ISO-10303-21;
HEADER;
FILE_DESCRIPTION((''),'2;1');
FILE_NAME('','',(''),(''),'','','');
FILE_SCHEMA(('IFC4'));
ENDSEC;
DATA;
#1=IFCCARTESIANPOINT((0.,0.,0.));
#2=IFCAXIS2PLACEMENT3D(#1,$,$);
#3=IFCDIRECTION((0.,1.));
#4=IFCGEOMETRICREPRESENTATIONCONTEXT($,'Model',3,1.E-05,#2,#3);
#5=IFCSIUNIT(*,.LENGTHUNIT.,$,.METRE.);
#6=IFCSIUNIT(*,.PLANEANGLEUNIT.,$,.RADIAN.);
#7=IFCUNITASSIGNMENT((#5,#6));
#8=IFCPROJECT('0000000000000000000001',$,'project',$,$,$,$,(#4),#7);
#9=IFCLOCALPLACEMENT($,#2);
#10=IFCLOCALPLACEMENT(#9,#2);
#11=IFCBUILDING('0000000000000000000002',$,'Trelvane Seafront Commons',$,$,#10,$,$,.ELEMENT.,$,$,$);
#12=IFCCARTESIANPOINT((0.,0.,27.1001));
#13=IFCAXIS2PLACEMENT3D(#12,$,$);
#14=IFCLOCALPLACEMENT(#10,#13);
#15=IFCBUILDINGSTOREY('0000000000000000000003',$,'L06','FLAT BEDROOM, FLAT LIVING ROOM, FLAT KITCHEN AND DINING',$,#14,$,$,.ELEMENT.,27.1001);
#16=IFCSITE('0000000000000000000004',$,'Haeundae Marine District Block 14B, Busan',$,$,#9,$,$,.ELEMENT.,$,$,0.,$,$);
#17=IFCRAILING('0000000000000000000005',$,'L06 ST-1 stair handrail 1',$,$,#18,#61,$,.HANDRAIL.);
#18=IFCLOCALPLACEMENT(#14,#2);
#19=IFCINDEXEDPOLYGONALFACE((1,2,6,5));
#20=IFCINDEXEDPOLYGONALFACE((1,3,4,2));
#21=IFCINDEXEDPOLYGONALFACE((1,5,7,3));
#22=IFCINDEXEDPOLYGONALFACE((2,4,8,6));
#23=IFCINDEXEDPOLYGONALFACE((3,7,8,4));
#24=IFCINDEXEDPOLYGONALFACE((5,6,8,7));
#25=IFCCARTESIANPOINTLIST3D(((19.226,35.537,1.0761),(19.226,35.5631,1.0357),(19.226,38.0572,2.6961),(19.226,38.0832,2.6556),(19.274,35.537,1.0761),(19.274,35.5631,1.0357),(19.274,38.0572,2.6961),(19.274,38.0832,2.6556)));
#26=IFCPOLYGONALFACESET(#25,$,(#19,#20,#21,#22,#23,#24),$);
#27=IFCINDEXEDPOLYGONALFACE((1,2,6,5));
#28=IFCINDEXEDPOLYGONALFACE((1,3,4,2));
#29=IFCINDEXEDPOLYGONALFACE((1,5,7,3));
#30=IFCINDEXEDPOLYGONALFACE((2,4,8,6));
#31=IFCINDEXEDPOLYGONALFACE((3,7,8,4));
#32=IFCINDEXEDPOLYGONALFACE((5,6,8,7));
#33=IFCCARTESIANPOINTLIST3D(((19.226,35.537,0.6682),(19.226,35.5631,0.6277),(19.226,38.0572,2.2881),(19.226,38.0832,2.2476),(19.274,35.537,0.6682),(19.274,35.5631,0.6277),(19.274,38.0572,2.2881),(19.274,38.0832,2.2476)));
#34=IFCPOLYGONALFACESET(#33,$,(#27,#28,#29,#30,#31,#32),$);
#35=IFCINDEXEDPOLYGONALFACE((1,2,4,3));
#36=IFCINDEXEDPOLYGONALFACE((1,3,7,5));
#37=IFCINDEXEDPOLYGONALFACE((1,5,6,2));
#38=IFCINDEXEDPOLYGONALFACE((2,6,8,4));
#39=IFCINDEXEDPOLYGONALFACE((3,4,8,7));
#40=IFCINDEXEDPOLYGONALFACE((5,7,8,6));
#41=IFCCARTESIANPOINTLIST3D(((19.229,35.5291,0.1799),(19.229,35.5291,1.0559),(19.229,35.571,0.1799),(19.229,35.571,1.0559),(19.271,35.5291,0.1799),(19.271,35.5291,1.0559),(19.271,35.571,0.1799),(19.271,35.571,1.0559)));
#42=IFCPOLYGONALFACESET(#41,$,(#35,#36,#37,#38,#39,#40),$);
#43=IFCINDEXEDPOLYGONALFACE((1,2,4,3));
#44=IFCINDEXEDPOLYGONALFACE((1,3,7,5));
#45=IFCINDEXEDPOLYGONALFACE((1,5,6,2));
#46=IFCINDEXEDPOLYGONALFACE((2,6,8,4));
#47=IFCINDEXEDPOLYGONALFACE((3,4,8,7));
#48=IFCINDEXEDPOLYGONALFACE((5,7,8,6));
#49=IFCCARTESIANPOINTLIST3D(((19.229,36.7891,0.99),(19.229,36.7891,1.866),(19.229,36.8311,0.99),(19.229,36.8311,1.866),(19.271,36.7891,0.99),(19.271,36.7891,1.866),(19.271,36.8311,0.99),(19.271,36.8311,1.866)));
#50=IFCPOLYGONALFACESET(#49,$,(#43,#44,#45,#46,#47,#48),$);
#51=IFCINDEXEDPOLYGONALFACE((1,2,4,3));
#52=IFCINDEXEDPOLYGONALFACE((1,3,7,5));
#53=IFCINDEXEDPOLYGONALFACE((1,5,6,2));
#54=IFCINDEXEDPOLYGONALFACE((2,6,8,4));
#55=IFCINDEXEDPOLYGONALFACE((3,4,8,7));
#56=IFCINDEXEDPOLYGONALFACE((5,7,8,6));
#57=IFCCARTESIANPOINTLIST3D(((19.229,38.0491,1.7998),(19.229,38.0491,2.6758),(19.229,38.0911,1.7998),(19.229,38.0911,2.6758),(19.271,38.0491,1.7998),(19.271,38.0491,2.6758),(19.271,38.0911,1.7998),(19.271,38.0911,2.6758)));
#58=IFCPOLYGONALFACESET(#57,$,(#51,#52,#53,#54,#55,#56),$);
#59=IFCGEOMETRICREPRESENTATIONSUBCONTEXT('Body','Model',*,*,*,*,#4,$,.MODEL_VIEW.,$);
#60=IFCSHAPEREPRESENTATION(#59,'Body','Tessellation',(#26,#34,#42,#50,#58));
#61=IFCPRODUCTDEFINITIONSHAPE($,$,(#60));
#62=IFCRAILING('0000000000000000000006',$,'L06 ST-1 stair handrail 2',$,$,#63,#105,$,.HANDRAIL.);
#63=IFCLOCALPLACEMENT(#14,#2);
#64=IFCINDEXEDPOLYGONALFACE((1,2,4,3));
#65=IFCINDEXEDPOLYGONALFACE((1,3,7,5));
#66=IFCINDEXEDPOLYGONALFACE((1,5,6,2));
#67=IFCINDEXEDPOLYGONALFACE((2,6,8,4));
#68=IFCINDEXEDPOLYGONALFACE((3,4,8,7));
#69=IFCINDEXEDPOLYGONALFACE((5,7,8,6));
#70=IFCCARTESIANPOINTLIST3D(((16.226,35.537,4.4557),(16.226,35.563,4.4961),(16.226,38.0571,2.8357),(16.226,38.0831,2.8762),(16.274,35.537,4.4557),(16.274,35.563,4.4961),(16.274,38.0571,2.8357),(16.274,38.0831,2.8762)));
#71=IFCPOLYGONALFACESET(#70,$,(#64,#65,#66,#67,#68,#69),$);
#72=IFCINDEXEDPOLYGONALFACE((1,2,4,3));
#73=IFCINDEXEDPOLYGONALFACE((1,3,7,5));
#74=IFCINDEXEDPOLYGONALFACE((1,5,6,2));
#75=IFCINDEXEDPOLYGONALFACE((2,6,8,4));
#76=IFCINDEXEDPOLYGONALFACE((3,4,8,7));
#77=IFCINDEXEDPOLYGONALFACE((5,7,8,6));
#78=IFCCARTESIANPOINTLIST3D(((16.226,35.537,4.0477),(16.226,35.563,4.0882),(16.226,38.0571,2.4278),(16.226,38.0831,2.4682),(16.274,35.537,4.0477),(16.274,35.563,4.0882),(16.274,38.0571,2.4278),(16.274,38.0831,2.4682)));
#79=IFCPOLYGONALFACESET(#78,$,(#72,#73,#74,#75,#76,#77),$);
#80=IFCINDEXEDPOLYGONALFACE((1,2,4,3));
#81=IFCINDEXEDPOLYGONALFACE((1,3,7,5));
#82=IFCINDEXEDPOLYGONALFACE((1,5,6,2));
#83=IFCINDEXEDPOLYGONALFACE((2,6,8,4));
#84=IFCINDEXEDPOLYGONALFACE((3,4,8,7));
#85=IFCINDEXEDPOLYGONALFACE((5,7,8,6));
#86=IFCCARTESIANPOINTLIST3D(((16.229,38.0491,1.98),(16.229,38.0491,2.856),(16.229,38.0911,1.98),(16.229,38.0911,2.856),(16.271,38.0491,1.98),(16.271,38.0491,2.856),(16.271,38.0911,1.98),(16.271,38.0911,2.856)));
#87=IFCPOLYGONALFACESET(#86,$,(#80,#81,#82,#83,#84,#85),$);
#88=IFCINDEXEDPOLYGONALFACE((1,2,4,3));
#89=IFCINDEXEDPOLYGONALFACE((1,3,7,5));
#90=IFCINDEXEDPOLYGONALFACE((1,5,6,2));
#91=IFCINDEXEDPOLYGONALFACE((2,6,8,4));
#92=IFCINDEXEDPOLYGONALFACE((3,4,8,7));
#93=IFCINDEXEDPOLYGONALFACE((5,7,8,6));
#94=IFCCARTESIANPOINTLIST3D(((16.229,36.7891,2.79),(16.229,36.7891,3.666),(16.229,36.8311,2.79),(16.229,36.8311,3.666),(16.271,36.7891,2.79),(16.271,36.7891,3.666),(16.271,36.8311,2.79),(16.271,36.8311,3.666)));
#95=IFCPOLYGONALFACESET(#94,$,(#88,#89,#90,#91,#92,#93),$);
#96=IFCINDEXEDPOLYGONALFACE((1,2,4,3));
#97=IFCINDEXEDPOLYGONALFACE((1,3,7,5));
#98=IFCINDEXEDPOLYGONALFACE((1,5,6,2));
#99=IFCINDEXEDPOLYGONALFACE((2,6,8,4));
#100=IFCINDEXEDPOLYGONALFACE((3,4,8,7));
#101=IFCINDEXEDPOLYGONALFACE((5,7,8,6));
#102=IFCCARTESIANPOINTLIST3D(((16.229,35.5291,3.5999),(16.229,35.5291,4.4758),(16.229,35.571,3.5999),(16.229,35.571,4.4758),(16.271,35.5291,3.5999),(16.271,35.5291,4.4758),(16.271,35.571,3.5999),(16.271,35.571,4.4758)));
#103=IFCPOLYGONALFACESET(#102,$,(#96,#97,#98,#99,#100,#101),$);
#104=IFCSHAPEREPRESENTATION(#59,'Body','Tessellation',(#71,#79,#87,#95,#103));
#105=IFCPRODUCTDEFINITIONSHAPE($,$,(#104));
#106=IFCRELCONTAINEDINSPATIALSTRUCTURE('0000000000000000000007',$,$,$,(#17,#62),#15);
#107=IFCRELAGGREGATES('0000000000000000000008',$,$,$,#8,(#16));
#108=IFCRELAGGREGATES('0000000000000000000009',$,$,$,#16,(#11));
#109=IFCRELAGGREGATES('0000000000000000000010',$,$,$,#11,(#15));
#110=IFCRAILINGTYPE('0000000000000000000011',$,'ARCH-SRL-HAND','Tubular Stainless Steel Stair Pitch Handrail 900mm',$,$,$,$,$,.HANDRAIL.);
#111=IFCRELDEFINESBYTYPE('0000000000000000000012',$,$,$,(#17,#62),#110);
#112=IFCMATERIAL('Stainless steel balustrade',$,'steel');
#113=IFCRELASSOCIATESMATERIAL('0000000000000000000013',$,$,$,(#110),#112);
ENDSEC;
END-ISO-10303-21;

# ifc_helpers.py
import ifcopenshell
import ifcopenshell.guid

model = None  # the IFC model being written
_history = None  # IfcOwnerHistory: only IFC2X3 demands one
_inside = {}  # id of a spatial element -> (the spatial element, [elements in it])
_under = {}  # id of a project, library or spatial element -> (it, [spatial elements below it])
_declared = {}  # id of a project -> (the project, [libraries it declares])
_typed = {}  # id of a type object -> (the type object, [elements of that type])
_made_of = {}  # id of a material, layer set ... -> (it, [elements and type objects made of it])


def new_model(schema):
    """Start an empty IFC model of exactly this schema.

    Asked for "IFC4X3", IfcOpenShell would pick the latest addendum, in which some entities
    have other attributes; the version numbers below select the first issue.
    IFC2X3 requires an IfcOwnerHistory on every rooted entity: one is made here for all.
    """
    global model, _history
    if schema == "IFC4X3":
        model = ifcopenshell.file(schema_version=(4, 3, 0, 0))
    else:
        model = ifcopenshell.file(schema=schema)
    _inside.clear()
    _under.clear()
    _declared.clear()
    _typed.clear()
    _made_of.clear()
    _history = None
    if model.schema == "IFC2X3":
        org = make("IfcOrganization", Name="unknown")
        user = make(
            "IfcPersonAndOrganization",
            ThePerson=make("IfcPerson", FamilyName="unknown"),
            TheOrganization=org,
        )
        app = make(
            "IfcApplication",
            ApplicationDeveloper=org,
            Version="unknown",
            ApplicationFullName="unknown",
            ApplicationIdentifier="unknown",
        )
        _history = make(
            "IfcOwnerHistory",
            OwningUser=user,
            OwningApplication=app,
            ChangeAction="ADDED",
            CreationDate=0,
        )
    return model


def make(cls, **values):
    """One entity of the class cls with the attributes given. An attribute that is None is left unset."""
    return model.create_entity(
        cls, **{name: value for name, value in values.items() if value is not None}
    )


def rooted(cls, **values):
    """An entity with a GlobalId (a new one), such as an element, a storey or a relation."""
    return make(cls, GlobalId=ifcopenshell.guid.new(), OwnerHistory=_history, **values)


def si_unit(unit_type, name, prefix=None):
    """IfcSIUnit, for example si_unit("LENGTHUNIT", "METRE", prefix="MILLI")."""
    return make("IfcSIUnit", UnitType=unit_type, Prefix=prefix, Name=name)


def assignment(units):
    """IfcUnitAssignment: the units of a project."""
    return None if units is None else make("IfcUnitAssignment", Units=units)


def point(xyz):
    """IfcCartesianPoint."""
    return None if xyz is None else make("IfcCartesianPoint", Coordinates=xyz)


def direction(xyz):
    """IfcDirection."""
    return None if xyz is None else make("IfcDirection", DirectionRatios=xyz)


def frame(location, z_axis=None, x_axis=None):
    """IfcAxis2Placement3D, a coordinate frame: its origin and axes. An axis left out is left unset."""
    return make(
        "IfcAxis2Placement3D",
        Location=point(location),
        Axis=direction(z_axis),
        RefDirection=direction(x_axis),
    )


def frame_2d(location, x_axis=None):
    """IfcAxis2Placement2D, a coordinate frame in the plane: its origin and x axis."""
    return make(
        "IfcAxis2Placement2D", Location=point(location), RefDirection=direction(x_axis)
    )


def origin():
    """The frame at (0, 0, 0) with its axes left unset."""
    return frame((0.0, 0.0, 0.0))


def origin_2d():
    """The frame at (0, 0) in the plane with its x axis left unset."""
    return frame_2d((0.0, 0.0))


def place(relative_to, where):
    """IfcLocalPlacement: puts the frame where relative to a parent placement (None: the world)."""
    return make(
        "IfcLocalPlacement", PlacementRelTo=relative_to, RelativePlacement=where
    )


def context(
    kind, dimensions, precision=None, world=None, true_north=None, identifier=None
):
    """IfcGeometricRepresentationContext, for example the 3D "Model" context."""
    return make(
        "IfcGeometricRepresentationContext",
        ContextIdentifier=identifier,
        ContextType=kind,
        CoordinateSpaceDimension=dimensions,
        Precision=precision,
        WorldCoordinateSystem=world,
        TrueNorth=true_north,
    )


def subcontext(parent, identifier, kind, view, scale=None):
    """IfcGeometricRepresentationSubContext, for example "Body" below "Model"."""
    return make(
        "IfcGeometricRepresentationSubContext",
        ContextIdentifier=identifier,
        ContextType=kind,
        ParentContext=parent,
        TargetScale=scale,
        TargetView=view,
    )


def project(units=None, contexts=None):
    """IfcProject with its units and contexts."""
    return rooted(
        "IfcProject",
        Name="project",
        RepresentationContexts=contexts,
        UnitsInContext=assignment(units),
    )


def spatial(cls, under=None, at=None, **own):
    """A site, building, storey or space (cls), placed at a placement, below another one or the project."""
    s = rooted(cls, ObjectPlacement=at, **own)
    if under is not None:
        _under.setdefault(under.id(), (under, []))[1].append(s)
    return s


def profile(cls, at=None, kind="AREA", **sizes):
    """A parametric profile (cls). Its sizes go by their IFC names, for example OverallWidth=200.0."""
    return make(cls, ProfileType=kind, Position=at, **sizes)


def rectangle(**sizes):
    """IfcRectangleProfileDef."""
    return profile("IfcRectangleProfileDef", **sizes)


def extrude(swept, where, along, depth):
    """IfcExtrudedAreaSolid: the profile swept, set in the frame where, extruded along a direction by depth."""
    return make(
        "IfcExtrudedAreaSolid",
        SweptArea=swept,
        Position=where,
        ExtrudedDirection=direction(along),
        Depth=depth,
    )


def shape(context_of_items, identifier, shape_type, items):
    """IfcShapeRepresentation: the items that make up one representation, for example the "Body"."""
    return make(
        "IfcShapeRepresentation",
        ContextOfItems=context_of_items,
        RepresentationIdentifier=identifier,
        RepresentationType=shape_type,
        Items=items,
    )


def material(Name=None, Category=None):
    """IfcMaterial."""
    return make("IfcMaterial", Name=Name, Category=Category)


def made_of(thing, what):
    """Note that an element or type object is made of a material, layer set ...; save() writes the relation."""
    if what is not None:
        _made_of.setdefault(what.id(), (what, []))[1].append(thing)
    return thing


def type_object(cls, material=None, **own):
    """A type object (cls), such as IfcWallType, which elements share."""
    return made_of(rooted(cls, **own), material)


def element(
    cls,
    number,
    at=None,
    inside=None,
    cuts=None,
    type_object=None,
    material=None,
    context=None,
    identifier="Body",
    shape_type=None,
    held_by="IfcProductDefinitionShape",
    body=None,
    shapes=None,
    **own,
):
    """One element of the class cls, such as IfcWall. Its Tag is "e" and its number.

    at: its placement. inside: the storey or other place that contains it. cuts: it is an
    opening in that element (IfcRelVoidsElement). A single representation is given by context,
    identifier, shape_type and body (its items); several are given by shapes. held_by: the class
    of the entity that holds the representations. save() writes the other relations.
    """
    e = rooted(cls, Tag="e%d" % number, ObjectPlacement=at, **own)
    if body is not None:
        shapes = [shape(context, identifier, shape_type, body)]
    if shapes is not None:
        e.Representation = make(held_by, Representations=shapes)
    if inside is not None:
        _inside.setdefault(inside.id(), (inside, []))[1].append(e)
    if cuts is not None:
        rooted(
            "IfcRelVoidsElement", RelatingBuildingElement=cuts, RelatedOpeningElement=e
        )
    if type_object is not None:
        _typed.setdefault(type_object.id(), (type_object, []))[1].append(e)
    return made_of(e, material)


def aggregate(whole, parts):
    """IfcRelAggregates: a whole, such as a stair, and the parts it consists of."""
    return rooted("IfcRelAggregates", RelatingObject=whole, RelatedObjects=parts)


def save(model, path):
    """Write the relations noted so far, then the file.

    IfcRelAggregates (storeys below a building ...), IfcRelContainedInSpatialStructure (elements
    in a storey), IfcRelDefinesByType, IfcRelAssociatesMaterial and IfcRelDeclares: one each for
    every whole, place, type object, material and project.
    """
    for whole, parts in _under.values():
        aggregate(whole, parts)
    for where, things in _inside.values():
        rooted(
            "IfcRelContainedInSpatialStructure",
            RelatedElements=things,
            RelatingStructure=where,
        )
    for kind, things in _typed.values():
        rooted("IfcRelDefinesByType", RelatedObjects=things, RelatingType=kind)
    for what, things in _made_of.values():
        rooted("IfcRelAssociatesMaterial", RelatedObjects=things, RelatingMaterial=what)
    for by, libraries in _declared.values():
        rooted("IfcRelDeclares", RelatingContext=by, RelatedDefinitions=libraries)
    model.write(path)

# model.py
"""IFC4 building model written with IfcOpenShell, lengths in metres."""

from ifc_helpers import new_model, si_unit, direction, frame, origin, origin_2d, place, context, subcontext, project, spatial, rectangle, extrude, material, type_object, element, save


model = new_model("IFC4")

# Units and contexts
model_context = context("Model", 3, precision=1e-05, world=origin(), true_north=direction((0.0, 1.0)))
body_context = subcontext(model_context, "Body", "Model", "MODEL_VIEW")
ifc_project = project(units=[si_unit("LENGTHUNIT", "METRE"), si_unit("PLANEANGLEUNIT", "RADIAN")], contexts=[model_context])

# Site, building, storey
site_placement = place(None, origin())
site = spatial("IfcSite", under=ifc_project, at=site_placement, Name="Haeundae Marine District Block 14B, Busan", CompositionType="ELEMENT", RefElevation=0.0)
building_placement = place(site_placement, origin())
building = spatial("IfcBuilding", under=site, at=building_placement, Name="Trelvane Seafront Commons", CompositionType="ELEMENT")
storey_placement = place(building_placement, frame((0.0, 0.0, 27.1001)))
storey = spatial("IfcBuildingStorey", under=building, at=storey_placement, Name="L06", Description="FLAT BEDROOM, FLAT LIVING ROOM, FLAT KITCHEN AND DINING", CompositionType="ELEMENT", Elevation=27.1001)

# Shared definitions
ifc_material_1 = material(Name="Stainless steel balustrade", Category="steel")

# Railings
railing_type_1 = type_object("IfcRailingType", Name="ARCH-SRL-HAND", Description="Tubular Stainless Steel Stair Pitch Handrail 900mm", PredefinedType="HANDRAIL", material=ifc_material_1)
railing_1_placement = place(storey_placement, frame((19.25, 35.55, 0.1799)))
element("IfcRailing", 1, at=railing_1_placement, inside=storey, type_object=railing_type_1, Name="L06 ST-1 stair handrail 1", PredefinedType="HANDRAIL", context=body_context, shape_type="SweptSolid", body=[
    extrude(rectangle(XDim=0.0481, YDim=0.0481, at=origin_2d()), frame((0.0, 0.0, 0.876), z_axis=(0.0, 0.8412, 0.540725), x_axis=(-1.0, 0.0, 0.0)), (0.0, 0.0, 1.0), 2.9958),
    extrude(rectangle(XDim=0.0481, YDim=0.0481, at=origin_2d()), frame((0.0, 0.0, 0.468), z_axis=(0.0, 0.8412, 0.540725), x_axis=(-1.0, 0.0, 0.0)), (0.0, 0.0, 1.0), 2.9958),
    extrude(rectangle(XDim=0.042, YDim=0.042, at=origin_2d()), origin(), (0.0, 0.0, 1.0), 0.876),
    extrude(rectangle(XDim=0.042, YDim=0.042, at=origin_2d()), frame((0.0, 1.26, 0.8101)), (0.0, 0.0, 1.0), 0.876),
    extrude(rectangle(XDim=0.042, YDim=0.042, at=origin_2d()), frame((0.0, 2.52, 1.6199)), (0.0, 0.0, 1.0), 0.876),
])
railing_2_placement = place(storey_placement, frame((16.25, 38.0701, 1.98)))
element("IfcRailing", 2, at=railing_2_placement, inside=storey, type_object=railing_type_1, Name="L06 ST-1 stair handrail 2", PredefinedType="HANDRAIL", context=body_context, shape_type="SweptSolid", body=[
    extrude(rectangle(XDim=0.0481, YDim=0.0481, at=origin_2d()), frame((0.0, 0.0, 0.876), z_axis=(0.0, -0.8412, 0.540725), x_axis=(1.0, 0.0, 0.0)), (0.0, 0.0, 1.0), 2.9958),
    extrude(rectangle(XDim=0.0481, YDim=0.0481, at=origin_2d()), frame((0.0, 0.0, 0.468), z_axis=(0.0, -0.8412, 0.540725), x_axis=(1.0, 0.0, 0.0)), (0.0, 0.0, 1.0), 2.9958),
    extrude(rectangle(XDim=0.042, YDim=0.042, at=origin_2d()), origin(), (0.0, 0.0, 1.0), 0.876),
    extrude(rectangle(XDim=0.042, YDim=0.042, at=origin_2d()), frame((0.0, -1.26, 0.8101)), (0.0, 0.0, 1.0), 0.876),
    extrude(rectangle(XDim=0.042, YDim=0.042, at=origin_2d()), frame((0.0, -2.52, 1.6199)), (0.0, 0.0, 1.0), 0.876),
])

save(model, "model.ifc")
